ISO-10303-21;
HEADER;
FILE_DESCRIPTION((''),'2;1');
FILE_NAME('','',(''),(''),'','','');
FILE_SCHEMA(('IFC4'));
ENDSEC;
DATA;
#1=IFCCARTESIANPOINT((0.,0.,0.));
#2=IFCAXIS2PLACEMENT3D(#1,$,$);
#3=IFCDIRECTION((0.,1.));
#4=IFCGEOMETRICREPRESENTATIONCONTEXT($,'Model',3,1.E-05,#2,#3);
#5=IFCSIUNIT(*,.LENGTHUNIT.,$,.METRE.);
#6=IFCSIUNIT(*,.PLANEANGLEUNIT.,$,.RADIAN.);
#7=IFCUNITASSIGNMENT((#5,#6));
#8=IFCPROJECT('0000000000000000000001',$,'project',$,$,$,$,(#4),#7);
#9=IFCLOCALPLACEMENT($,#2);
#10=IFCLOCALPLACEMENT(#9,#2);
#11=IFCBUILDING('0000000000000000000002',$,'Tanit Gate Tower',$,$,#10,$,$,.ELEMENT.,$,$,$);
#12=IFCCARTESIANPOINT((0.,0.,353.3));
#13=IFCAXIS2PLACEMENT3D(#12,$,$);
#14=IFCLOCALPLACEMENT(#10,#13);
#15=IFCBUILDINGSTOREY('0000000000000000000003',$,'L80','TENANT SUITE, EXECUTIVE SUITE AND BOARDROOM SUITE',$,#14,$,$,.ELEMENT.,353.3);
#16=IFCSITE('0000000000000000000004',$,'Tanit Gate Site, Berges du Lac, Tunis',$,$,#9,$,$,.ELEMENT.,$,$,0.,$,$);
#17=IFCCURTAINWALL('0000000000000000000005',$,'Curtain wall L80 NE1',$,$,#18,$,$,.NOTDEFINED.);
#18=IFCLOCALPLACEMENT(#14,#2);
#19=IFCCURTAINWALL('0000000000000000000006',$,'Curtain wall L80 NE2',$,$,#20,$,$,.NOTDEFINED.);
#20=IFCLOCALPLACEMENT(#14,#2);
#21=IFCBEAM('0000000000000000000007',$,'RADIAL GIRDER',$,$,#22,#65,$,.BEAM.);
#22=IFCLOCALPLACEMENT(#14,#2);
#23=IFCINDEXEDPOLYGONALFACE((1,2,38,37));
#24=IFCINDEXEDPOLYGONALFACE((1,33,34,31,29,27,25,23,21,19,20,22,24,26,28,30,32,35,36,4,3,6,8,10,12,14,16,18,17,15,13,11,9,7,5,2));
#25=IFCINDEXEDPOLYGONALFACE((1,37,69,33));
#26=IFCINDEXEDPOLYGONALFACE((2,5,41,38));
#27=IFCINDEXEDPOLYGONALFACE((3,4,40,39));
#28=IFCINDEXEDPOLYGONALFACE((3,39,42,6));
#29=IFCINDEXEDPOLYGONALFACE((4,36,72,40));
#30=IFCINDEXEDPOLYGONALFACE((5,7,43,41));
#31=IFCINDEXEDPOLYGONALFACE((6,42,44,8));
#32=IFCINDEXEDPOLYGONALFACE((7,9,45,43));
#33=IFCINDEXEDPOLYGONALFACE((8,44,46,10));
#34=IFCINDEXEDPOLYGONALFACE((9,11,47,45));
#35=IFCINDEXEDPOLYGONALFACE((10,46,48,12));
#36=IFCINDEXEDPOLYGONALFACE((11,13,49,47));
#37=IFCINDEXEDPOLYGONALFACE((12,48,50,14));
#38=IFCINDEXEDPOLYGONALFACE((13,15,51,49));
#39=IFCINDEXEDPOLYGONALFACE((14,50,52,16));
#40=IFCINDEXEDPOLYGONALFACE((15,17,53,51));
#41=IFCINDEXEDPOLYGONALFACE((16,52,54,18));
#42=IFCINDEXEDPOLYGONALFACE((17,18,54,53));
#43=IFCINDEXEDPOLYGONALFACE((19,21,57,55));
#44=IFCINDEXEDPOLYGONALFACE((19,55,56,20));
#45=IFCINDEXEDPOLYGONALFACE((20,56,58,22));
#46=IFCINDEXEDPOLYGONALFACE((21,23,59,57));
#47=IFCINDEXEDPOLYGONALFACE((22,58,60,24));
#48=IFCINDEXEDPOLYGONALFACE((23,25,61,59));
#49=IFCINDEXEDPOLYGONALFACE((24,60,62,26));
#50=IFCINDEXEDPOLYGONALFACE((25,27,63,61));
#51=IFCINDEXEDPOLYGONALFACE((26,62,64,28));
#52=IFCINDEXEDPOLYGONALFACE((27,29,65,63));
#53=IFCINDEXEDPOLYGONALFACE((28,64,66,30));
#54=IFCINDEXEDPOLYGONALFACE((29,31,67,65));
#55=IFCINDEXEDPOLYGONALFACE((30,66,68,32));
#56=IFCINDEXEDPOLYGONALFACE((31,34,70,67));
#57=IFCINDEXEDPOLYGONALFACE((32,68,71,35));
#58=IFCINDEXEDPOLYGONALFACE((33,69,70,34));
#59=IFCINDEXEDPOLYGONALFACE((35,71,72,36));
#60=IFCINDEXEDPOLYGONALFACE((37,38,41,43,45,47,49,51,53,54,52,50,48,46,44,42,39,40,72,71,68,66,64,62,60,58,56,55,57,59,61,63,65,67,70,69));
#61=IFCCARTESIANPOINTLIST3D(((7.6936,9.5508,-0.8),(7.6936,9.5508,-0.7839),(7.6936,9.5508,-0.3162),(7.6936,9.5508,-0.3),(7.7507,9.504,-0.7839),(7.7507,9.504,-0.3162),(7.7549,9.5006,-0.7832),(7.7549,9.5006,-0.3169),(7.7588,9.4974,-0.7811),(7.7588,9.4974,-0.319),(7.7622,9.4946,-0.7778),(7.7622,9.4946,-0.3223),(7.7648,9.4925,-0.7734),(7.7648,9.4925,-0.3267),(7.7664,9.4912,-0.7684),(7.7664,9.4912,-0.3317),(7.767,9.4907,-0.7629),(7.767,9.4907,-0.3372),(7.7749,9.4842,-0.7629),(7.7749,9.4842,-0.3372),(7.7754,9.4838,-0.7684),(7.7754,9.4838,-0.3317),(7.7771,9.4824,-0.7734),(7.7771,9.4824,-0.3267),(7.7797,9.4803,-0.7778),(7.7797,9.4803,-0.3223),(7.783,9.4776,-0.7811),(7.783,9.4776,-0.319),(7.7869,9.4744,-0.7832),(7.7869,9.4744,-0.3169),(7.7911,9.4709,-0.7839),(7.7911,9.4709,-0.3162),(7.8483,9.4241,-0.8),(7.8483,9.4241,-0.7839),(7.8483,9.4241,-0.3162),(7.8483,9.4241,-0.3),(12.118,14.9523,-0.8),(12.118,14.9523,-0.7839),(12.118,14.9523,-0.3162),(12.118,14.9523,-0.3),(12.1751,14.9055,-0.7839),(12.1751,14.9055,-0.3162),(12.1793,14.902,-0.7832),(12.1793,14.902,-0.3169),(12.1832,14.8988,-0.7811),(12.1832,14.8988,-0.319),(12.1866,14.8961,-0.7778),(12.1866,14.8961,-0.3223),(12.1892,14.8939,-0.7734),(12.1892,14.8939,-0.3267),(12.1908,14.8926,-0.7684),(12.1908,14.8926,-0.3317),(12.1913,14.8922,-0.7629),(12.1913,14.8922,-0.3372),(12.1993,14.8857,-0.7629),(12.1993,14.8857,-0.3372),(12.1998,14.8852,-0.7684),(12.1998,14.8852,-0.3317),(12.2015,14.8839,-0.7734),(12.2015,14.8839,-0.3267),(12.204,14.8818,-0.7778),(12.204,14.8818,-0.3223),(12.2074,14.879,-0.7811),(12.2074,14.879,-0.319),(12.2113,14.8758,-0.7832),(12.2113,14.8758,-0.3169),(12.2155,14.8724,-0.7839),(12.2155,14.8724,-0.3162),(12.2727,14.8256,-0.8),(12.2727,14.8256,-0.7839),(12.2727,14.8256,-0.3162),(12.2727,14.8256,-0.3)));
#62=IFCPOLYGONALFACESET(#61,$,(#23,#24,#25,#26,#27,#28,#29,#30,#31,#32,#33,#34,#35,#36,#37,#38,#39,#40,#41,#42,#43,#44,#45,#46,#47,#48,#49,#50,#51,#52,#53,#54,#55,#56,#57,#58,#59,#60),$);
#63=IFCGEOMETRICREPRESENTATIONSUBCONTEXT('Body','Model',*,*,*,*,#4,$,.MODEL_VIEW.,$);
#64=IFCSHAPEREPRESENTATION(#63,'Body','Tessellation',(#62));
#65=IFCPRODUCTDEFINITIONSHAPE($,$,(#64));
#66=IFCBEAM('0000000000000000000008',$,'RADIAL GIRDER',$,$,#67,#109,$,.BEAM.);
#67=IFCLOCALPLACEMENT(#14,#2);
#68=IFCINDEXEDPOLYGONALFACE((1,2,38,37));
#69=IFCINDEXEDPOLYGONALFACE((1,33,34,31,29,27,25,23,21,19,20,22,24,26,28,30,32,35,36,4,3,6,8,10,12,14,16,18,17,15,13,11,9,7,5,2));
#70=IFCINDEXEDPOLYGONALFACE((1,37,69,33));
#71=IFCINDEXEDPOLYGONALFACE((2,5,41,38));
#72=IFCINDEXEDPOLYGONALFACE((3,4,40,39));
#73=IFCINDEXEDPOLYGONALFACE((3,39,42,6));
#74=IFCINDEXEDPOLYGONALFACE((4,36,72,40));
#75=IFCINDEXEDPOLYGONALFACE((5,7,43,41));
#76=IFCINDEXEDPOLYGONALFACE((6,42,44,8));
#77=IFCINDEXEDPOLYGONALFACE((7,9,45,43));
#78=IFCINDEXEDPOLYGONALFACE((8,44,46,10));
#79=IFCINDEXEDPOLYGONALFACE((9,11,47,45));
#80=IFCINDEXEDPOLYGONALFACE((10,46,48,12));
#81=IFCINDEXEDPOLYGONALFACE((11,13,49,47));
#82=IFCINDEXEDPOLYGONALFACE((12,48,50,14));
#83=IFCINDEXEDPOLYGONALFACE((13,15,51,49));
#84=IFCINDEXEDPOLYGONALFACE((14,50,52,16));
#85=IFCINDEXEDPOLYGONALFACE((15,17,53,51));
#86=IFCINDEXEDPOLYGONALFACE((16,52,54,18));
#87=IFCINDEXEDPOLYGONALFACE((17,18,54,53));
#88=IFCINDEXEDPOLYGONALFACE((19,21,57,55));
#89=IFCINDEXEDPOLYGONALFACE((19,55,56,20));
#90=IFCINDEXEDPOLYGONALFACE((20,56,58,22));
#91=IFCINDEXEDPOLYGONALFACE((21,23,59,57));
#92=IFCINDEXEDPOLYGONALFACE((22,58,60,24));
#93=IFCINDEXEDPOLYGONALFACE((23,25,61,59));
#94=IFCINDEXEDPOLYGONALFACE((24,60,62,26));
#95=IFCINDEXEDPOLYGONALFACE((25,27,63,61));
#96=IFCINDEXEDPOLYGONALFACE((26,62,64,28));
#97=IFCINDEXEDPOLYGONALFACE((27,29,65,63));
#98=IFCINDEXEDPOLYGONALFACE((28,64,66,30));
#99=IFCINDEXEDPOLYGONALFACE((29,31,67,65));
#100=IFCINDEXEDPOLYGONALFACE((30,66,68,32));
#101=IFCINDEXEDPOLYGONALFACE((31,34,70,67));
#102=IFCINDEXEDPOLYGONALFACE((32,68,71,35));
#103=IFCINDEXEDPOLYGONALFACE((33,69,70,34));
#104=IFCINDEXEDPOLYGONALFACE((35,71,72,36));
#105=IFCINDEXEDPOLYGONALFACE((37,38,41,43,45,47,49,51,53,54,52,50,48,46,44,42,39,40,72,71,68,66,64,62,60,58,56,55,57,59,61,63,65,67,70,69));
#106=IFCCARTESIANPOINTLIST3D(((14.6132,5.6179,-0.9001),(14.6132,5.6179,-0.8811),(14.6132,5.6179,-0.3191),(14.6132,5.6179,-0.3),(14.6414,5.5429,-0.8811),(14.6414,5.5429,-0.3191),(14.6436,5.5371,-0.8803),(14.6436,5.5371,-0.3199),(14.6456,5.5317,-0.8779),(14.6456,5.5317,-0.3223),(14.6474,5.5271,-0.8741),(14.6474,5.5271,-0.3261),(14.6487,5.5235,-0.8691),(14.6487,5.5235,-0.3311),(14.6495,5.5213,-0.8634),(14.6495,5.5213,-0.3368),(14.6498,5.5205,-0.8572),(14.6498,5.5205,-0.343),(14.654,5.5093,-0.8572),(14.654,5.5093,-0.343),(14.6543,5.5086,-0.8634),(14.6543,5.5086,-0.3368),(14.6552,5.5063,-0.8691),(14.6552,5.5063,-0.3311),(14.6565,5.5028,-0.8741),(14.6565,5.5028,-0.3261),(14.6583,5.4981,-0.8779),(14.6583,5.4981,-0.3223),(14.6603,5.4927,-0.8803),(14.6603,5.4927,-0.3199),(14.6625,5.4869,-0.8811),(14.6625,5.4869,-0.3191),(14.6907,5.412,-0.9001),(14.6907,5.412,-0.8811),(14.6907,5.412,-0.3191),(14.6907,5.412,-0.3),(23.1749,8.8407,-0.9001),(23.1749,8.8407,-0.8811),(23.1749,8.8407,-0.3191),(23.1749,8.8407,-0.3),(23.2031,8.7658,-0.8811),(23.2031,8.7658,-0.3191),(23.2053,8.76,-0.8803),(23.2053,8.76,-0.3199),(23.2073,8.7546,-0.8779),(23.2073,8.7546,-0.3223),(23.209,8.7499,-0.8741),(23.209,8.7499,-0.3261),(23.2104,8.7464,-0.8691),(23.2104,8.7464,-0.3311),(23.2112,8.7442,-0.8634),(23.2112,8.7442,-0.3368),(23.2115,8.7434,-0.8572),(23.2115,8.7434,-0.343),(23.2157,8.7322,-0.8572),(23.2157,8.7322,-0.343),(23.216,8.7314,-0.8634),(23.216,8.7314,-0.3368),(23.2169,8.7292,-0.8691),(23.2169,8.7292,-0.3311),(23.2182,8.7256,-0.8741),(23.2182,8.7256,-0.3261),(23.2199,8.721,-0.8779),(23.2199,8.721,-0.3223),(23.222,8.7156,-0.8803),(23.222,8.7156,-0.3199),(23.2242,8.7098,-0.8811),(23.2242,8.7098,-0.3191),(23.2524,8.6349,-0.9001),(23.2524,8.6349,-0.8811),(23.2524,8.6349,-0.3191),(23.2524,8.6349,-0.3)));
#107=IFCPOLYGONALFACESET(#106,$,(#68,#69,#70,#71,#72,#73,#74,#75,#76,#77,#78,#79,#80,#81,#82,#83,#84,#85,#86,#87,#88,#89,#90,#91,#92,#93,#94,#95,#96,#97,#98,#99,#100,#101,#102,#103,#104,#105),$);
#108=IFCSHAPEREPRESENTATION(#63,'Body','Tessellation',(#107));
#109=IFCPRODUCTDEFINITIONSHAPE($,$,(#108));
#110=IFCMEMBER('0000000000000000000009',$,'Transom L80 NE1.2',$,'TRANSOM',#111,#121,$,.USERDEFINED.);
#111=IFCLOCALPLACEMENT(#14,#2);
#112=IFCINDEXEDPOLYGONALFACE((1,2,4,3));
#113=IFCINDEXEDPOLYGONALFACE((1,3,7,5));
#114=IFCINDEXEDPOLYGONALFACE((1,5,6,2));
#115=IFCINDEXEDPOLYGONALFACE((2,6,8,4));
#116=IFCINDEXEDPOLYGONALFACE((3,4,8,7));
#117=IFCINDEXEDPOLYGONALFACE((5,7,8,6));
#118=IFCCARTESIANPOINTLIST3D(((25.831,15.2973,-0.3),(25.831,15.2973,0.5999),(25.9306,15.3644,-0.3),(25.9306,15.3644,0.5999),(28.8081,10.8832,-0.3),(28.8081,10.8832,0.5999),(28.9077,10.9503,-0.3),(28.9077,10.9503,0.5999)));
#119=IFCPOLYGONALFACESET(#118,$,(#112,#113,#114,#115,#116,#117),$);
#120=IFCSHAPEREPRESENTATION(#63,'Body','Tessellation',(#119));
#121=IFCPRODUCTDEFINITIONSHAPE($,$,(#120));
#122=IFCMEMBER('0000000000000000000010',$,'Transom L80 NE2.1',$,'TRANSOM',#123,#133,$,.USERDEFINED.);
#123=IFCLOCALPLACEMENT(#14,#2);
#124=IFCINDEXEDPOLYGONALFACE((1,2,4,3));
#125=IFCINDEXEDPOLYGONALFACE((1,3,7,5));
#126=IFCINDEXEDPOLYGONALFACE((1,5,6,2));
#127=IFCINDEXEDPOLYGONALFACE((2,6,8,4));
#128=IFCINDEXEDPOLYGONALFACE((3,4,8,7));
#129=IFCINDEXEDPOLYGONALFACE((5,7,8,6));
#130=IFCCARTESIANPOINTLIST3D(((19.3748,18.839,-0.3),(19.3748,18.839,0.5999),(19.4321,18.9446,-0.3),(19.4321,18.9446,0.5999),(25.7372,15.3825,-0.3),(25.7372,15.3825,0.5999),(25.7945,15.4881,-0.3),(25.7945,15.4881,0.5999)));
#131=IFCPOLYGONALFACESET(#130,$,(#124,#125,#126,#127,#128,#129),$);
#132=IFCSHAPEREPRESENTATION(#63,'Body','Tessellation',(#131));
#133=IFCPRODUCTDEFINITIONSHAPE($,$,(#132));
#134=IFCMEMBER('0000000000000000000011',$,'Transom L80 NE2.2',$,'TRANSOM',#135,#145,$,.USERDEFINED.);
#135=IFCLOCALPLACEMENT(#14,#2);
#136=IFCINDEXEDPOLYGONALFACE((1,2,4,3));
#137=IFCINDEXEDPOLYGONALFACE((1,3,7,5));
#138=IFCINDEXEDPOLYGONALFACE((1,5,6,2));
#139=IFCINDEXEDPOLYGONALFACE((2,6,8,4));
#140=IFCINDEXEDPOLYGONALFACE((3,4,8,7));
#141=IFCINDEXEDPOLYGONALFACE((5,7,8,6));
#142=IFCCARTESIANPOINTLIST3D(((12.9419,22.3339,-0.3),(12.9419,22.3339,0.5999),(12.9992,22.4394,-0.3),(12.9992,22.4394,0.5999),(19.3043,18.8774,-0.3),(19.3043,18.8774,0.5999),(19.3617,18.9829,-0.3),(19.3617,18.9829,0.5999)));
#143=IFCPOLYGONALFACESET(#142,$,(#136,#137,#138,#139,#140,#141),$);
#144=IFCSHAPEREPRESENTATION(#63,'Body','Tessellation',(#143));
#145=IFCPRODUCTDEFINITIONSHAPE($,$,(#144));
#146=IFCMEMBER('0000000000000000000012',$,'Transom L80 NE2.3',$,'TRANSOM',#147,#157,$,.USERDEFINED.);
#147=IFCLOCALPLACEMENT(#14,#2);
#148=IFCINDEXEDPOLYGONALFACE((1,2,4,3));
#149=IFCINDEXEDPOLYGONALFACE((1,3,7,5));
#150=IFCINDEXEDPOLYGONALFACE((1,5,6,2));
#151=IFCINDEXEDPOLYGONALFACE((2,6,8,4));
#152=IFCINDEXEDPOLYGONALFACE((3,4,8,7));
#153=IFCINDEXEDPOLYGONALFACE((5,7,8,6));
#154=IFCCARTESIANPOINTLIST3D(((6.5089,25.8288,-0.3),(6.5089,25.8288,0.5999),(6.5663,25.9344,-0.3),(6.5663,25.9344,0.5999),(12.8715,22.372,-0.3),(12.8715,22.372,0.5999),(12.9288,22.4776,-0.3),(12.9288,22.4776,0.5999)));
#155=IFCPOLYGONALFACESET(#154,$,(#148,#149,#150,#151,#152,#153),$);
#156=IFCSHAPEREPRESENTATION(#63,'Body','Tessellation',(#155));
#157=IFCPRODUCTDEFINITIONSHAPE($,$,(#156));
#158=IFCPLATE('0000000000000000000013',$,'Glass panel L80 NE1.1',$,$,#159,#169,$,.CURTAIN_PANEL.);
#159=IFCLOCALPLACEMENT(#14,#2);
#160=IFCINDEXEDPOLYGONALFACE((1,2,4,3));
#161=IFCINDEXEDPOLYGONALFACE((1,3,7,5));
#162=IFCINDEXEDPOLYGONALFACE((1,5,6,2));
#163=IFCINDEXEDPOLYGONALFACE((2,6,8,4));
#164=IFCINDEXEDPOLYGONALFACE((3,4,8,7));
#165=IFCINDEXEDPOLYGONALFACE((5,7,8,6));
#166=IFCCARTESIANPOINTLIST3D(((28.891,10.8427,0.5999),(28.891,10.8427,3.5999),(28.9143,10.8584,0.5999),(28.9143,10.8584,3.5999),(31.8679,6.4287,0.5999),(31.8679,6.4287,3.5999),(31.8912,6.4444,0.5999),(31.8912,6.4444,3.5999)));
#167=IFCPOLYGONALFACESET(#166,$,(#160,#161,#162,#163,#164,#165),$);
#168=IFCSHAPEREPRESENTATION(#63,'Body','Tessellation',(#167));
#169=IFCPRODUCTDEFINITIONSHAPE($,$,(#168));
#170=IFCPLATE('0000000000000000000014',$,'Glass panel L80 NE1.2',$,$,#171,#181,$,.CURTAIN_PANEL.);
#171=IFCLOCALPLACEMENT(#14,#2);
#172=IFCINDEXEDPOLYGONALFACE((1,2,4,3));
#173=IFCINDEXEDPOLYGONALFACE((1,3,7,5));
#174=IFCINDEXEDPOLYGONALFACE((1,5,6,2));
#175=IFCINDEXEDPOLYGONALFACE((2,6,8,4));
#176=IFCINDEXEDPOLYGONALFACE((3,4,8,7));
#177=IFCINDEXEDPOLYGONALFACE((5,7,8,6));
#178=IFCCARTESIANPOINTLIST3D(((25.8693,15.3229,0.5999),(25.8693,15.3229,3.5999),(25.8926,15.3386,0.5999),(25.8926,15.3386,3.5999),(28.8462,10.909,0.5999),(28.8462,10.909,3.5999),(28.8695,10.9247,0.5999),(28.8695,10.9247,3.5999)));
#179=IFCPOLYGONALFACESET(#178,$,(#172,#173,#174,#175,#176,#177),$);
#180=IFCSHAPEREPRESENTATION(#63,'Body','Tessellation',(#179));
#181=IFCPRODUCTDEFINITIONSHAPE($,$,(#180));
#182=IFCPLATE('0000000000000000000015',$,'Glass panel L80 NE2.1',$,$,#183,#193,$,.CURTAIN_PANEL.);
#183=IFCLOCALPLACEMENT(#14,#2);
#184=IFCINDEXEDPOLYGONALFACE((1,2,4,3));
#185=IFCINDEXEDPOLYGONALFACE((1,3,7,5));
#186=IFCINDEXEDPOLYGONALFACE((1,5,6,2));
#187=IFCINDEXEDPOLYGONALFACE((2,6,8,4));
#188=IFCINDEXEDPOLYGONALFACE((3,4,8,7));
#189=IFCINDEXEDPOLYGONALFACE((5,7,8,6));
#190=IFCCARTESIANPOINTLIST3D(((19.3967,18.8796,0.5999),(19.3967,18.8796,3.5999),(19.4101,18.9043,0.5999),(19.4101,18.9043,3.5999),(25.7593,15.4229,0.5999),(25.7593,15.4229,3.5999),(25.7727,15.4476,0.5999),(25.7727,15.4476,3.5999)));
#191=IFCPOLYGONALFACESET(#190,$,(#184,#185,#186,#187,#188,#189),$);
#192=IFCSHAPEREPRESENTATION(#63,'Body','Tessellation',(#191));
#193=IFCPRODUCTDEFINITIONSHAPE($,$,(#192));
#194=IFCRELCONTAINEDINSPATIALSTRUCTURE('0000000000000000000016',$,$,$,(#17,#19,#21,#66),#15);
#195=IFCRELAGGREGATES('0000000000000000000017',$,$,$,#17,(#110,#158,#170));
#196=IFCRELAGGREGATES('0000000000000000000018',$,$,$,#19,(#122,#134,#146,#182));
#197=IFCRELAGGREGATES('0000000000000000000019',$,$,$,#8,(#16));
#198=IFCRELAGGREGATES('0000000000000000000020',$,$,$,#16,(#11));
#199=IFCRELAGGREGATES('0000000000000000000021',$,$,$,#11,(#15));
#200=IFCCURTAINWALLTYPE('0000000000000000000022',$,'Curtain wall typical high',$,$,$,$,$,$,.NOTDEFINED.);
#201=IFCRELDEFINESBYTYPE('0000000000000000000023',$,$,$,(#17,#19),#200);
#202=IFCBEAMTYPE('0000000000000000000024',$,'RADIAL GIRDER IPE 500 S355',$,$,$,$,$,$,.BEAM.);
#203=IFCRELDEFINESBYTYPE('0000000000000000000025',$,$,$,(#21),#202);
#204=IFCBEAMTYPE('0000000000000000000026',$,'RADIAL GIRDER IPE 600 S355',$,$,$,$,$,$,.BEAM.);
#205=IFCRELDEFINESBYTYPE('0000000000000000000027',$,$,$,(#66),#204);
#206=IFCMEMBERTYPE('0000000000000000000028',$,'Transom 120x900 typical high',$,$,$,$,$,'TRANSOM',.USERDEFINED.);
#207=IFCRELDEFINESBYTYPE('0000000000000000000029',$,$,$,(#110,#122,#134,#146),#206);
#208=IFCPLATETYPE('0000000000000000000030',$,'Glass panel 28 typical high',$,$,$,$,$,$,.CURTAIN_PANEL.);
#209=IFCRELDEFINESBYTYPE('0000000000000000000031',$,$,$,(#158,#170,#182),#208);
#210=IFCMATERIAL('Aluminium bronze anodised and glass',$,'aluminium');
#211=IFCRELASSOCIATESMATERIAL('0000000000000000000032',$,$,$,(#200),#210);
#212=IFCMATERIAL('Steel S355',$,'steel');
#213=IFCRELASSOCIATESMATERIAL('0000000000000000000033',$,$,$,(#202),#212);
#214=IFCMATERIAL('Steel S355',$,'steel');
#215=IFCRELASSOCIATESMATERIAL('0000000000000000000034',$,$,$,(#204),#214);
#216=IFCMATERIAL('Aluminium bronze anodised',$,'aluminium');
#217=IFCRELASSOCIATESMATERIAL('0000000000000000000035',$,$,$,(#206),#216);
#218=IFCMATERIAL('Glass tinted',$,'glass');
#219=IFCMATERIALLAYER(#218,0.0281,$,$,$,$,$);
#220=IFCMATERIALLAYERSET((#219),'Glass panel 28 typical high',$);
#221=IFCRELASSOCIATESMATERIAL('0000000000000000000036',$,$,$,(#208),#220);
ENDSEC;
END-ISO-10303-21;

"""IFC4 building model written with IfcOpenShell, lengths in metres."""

from ifc_helpers import new_model, si_unit, direction, frame, origin, origin_2d, place, context, subcontext, project, spatial, rectangle, i_section, extrude, material, layer, layer_set, material_profile, profile_set, type_object, element, aggregate, save


model = new_model("IFC4")

# Units and contexts
model_context = context("Model", 3, precision=1e-05, world=origin(), true_north=direction((0.0, 1.0)))
body_context = subcontext(model_context, "Body", "Model", "MODEL_VIEW")
ifc_project = project(units=[si_unit("LENGTHUNIT", "METRE"), si_unit("PLANEANGLEUNIT", "RADIAN")], contexts=[model_context])

# Site, building, storey
site_placement = place(None, origin())
site = spatial("IfcSite", under=ifc_project, at=site_placement, Name="Tanit Gate Site, Berges du Lac, Tunis", CompositionType="ELEMENT", RefElevation=0.0)
building_placement = place(site_placement, origin())
building = spatial("IfcBuilding", under=site, at=building_placement, Name="Tanit Gate Tower", CompositionType="ELEMENT")
storey_placement = place(building_placement, frame((0.0, 0.0, 353.3)))
storey = spatial("IfcBuildingStorey", under=building, at=storey_placement, Name="L80", Description="TENANT SUITE, EXECUTIVE SUITE AND BOARDROOM SUITE", CompositionType="ELEMENT", Elevation=353.3)

# Curtain wall
ifc_material_1 = material(Name="Aluminium bronze anodised and glass", Category="aluminium")
curtain_wall_type = type_object("IfcCurtainWallType", Name="Curtain wall typical high", PredefinedType="NOTDEFINED", material=ifc_material_1)
curtain_wall_1_placement = place(storey_placement, origin())
curtain_wall_1 = element("IfcCurtainWall", 1, at=curtain_wall_1_placement, inside=storey, type_object=curtain_wall_type, Name="Curtain wall L80 NE1", PredefinedType="NOTDEFINED")

# Curtain wall
curtain_wall_2_placement = place(storey_placement, origin())
curtain_wall_2 = element("IfcCurtainWall", 2, at=curtain_wall_2_placement, inside=storey, type_object=curtain_wall_type, Name="Curtain wall L80 NE2", PredefinedType="NOTDEFINED")

# Beams
ifc_material_2 = material(Name="Steel S355", Category="steel")
ifc_material_profile_1 = material_profile(ifc_material_2, i_section(OverallWidth=0.2, OverallDepth=0.5, WebThickness=0.0103, FlangeThickness=0.0161, FilletRadius=0.021, at=origin_2d()), Name="IPE 500")
ifc_profile_set_1 = profile_set([ifc_material_profile_1], Name="Steel S355")
beam_type_1 = type_object("IfcBeamType", Name="RADIAL GIRDER IPE 500 S355", PredefinedType="BEAM", material=ifc_profile_set_1)
beam_1_placement = place(storey_placement, frame((12.1953, 14.8889, -0.55), z_axis=(-0.633668, -0.773605, 0.0), x_axis=(0.773605, -0.633668, 0.0)))
element("IfcBeam", 3, at=beam_1_placement, inside=storey, type_object=beam_type_1, Name="RADIAL GIRDER", PredefinedType="BEAM", context=body_context, shape_type="SweptSolid", body=[
    extrude(i_section(OverallWidth=0.2, OverallDepth=0.5, WebThickness=0.0103, FlangeThickness=0.0161, FilletRadius=0.021, at=origin_2d()), origin(), (0.0, 0.0, 1.0), 6.9822),
])
ifc_material_3 = material(Name="Steel S355", Category="steel")
ifc_material_profile_2 = material_profile(ifc_material_3, i_section(OverallWidth=0.22, OverallDepth=0.6001, WebThickness=0.012, FlangeThickness=0.019, FilletRadius=0.0239, at=origin_2d()), Name="IPE 600")
ifc_profile_set_2 = profile_set([ifc_material_profile_2], Name="Steel S355")
beam_type_2 = type_object("IfcBeamType", Name="RADIAL GIRDER IPE 600 S355", PredefinedType="BEAM", material=ifc_profile_set_2)
beam_2_placement = place(storey_placement, frame((23.2136, 8.7378, -0.6001), z_axis=(-0.935889, -0.352296, 0.0), x_axis=(0.352296, -0.935889, 0.0)))
element("IfcBeam", 4, at=beam_2_placement, inside=storey, type_object=beam_type_2, Name="RADIAL GIRDER", PredefinedType="BEAM", context=body_context, shape_type="SweptSolid", body=[
    extrude(i_section(OverallWidth=0.22, OverallDepth=0.6001, WebThickness=0.012, FlangeThickness=0.019, FilletRadius=0.0239, at=origin_2d()), origin(), (0.0, 0.0, 1.0), 9.1482),
])

# Members
ifc_material_4 = material(Name="Aluminium bronze anodised", Category="aluminium")
ifc_material_profile_3 = material_profile(ifc_material_4, rectangle(XDim=0.1201, YDim=0.8999, at=origin_2d()), Name="120x900 bronze transom")
ifc_profile_set_3 = profile_set([ifc_material_profile_3], Name="Aluminium bronze anodised")
member_type_1 = type_object("IfcMemberType", Name="Transom 120x900 typical high", ElementType="TRANSOM", PredefinedType="USERDEFINED", material=ifc_profile_set_3)
member_1_placement = place(storey_placement, frame((28.8579, 10.9167, 0.1499), z_axis=(-0.559158, 0.829061, 0.0), x_axis=(-0.829061, -0.559158, 0.0)))
member_1 = element("IfcMember", 5, at=member_1_placement, type_object=member_type_1, Name="Transom L80 NE1.2", ObjectType="TRANSOM", PredefinedType="USERDEFINED", context=body_context, shape_type="SweptSolid", body=[
    extrude(rectangle(XDim=0.1201, YDim=0.8999, at=origin_2d()), origin(), (0.0, 0.0, 1.0), 5.3242),
])
member_2_placement = place(storey_placement, frame((25.7659, 15.4353, 0.1499), z_axis=(-0.878704, 0.477368, 0.0), x_axis=(-0.477368, -0.878704, 0.0)))
member_2 = element("IfcMember", 6, at=member_2_placement, type_object=member_type_1, Name="Transom L80 NE2.1", ObjectType="TRANSOM", PredefinedType="USERDEFINED", context=body_context, shape_type="SweptSolid", body=[
    extrude(rectangle(XDim=0.1201, YDim=0.8999, at=origin_2d()), origin(), (0.0, 0.0, 1.0), 7.2407),
])
member_3_placement = place(storey_placement, frame((19.333, 18.9302, 0.1499), z_axis=(-0.878704, 0.477368, 0.0), x_axis=(-0.477368, -0.878704, 0.0)))
member_3 = element("IfcMember", 7, at=member_3_placement, type_object=member_type_1, Name="Transom L80 NE2.2", ObjectType="TRANSOM", PredefinedType="USERDEFINED", context=body_context, shape_type="SweptSolid", body=[
    extrude(rectangle(XDim=0.1201, YDim=0.8999, at=origin_2d()), origin(), (0.0, 0.0, 1.0), 7.2407),
])
member_4_placement = place(storey_placement, frame((12.9001, 22.4248, 0.1499), z_axis=(-0.878689, 0.477394, 0.0), x_axis=(-0.477394, -0.878689, 0.0)))
member_4 = element("IfcMember", 8, at=member_4_placement, type_object=member_type_1, Name="Transom L80 NE2.3", ObjectType="TRANSOM", PredefinedType="USERDEFINED", context=body_context, shape_type="SweptSolid", body=[
    extrude(rectangle(XDim=0.1201, YDim=0.8999, at=origin_2d()), origin(), (0.0, 0.0, 1.0), 7.241),
])

# Plates
ifc_material_5 = material(Name="Glass tinted", Category="glass")
ifc_layer = layer(ifc_material_5, 0.0281)
ifc_layer_set = layer_set([ifc_layer], Name="Glass panel 28 typical high")
plate_type = type_object("IfcPlateType", Name="Glass panel 28 typical high", PredefinedType="CURTAIN_PANEL", material=ifc_layer_set)
plate_1_placement = place(storey_placement, frame((30.3911, 8.6436, 0.5999), z_axis=(0.0, 0.0, 1.0), x_axis=(-0.559148, 0.829068, 0.0)))
plate_1 = element("IfcPlate", 9, at=plate_1_placement, type_object=plate_type, Name="Glass panel L80 NE1.1", PredefinedType="CURTAIN_PANEL", context=body_context, shape_type="SweptSolid", body=[
    extrude(rectangle(XDim=5.324, YDim=0.0281, at=origin_2d()), origin(), (0.0, 0.0, 1.0), 3.0),
])
plate_2_placement = place(storey_placement, frame((27.3694, 13.1238, 0.5999), z_axis=(0.0, 0.0, 1.0), x_axis=(-0.559148, 0.829068, 0.0)))
plate_2 = element("IfcPlate", 10, at=plate_2_placement, type_object=plate_type, Name="Glass panel L80 NE1.2", PredefinedType="CURTAIN_PANEL", context=body_context, shape_type="SweptSolid", body=[
    extrude(rectangle(XDim=5.324, YDim=0.0281, at=origin_2d()), origin(), (0.0, 0.0, 1.0), 3.0),
])
aggregate(curtain_wall_1, [member_1, plate_1, plate_2])
plate_3_placement = place(storey_placement, frame((22.5847, 17.1636, 0.5999), z_axis=(0.0, 0.0, 1.0), x_axis=(-0.878696, 0.477381, 0.0)))
plate_3 = element("IfcPlate", 11, at=plate_3_placement, type_object=plate_type, Name="Glass panel L80 NE2.1", PredefinedType="CURTAIN_PANEL", context=body_context, shape_type="SweptSolid", body=[
    extrude(rectangle(XDim=7.241, YDim=0.0281, at=origin_2d()), origin(), (0.0, 0.0, 1.0), 3.0),
])
aggregate(curtain_wall_2, [member_2, member_3, member_4, plate_3])

save(model, "model.ifc")
